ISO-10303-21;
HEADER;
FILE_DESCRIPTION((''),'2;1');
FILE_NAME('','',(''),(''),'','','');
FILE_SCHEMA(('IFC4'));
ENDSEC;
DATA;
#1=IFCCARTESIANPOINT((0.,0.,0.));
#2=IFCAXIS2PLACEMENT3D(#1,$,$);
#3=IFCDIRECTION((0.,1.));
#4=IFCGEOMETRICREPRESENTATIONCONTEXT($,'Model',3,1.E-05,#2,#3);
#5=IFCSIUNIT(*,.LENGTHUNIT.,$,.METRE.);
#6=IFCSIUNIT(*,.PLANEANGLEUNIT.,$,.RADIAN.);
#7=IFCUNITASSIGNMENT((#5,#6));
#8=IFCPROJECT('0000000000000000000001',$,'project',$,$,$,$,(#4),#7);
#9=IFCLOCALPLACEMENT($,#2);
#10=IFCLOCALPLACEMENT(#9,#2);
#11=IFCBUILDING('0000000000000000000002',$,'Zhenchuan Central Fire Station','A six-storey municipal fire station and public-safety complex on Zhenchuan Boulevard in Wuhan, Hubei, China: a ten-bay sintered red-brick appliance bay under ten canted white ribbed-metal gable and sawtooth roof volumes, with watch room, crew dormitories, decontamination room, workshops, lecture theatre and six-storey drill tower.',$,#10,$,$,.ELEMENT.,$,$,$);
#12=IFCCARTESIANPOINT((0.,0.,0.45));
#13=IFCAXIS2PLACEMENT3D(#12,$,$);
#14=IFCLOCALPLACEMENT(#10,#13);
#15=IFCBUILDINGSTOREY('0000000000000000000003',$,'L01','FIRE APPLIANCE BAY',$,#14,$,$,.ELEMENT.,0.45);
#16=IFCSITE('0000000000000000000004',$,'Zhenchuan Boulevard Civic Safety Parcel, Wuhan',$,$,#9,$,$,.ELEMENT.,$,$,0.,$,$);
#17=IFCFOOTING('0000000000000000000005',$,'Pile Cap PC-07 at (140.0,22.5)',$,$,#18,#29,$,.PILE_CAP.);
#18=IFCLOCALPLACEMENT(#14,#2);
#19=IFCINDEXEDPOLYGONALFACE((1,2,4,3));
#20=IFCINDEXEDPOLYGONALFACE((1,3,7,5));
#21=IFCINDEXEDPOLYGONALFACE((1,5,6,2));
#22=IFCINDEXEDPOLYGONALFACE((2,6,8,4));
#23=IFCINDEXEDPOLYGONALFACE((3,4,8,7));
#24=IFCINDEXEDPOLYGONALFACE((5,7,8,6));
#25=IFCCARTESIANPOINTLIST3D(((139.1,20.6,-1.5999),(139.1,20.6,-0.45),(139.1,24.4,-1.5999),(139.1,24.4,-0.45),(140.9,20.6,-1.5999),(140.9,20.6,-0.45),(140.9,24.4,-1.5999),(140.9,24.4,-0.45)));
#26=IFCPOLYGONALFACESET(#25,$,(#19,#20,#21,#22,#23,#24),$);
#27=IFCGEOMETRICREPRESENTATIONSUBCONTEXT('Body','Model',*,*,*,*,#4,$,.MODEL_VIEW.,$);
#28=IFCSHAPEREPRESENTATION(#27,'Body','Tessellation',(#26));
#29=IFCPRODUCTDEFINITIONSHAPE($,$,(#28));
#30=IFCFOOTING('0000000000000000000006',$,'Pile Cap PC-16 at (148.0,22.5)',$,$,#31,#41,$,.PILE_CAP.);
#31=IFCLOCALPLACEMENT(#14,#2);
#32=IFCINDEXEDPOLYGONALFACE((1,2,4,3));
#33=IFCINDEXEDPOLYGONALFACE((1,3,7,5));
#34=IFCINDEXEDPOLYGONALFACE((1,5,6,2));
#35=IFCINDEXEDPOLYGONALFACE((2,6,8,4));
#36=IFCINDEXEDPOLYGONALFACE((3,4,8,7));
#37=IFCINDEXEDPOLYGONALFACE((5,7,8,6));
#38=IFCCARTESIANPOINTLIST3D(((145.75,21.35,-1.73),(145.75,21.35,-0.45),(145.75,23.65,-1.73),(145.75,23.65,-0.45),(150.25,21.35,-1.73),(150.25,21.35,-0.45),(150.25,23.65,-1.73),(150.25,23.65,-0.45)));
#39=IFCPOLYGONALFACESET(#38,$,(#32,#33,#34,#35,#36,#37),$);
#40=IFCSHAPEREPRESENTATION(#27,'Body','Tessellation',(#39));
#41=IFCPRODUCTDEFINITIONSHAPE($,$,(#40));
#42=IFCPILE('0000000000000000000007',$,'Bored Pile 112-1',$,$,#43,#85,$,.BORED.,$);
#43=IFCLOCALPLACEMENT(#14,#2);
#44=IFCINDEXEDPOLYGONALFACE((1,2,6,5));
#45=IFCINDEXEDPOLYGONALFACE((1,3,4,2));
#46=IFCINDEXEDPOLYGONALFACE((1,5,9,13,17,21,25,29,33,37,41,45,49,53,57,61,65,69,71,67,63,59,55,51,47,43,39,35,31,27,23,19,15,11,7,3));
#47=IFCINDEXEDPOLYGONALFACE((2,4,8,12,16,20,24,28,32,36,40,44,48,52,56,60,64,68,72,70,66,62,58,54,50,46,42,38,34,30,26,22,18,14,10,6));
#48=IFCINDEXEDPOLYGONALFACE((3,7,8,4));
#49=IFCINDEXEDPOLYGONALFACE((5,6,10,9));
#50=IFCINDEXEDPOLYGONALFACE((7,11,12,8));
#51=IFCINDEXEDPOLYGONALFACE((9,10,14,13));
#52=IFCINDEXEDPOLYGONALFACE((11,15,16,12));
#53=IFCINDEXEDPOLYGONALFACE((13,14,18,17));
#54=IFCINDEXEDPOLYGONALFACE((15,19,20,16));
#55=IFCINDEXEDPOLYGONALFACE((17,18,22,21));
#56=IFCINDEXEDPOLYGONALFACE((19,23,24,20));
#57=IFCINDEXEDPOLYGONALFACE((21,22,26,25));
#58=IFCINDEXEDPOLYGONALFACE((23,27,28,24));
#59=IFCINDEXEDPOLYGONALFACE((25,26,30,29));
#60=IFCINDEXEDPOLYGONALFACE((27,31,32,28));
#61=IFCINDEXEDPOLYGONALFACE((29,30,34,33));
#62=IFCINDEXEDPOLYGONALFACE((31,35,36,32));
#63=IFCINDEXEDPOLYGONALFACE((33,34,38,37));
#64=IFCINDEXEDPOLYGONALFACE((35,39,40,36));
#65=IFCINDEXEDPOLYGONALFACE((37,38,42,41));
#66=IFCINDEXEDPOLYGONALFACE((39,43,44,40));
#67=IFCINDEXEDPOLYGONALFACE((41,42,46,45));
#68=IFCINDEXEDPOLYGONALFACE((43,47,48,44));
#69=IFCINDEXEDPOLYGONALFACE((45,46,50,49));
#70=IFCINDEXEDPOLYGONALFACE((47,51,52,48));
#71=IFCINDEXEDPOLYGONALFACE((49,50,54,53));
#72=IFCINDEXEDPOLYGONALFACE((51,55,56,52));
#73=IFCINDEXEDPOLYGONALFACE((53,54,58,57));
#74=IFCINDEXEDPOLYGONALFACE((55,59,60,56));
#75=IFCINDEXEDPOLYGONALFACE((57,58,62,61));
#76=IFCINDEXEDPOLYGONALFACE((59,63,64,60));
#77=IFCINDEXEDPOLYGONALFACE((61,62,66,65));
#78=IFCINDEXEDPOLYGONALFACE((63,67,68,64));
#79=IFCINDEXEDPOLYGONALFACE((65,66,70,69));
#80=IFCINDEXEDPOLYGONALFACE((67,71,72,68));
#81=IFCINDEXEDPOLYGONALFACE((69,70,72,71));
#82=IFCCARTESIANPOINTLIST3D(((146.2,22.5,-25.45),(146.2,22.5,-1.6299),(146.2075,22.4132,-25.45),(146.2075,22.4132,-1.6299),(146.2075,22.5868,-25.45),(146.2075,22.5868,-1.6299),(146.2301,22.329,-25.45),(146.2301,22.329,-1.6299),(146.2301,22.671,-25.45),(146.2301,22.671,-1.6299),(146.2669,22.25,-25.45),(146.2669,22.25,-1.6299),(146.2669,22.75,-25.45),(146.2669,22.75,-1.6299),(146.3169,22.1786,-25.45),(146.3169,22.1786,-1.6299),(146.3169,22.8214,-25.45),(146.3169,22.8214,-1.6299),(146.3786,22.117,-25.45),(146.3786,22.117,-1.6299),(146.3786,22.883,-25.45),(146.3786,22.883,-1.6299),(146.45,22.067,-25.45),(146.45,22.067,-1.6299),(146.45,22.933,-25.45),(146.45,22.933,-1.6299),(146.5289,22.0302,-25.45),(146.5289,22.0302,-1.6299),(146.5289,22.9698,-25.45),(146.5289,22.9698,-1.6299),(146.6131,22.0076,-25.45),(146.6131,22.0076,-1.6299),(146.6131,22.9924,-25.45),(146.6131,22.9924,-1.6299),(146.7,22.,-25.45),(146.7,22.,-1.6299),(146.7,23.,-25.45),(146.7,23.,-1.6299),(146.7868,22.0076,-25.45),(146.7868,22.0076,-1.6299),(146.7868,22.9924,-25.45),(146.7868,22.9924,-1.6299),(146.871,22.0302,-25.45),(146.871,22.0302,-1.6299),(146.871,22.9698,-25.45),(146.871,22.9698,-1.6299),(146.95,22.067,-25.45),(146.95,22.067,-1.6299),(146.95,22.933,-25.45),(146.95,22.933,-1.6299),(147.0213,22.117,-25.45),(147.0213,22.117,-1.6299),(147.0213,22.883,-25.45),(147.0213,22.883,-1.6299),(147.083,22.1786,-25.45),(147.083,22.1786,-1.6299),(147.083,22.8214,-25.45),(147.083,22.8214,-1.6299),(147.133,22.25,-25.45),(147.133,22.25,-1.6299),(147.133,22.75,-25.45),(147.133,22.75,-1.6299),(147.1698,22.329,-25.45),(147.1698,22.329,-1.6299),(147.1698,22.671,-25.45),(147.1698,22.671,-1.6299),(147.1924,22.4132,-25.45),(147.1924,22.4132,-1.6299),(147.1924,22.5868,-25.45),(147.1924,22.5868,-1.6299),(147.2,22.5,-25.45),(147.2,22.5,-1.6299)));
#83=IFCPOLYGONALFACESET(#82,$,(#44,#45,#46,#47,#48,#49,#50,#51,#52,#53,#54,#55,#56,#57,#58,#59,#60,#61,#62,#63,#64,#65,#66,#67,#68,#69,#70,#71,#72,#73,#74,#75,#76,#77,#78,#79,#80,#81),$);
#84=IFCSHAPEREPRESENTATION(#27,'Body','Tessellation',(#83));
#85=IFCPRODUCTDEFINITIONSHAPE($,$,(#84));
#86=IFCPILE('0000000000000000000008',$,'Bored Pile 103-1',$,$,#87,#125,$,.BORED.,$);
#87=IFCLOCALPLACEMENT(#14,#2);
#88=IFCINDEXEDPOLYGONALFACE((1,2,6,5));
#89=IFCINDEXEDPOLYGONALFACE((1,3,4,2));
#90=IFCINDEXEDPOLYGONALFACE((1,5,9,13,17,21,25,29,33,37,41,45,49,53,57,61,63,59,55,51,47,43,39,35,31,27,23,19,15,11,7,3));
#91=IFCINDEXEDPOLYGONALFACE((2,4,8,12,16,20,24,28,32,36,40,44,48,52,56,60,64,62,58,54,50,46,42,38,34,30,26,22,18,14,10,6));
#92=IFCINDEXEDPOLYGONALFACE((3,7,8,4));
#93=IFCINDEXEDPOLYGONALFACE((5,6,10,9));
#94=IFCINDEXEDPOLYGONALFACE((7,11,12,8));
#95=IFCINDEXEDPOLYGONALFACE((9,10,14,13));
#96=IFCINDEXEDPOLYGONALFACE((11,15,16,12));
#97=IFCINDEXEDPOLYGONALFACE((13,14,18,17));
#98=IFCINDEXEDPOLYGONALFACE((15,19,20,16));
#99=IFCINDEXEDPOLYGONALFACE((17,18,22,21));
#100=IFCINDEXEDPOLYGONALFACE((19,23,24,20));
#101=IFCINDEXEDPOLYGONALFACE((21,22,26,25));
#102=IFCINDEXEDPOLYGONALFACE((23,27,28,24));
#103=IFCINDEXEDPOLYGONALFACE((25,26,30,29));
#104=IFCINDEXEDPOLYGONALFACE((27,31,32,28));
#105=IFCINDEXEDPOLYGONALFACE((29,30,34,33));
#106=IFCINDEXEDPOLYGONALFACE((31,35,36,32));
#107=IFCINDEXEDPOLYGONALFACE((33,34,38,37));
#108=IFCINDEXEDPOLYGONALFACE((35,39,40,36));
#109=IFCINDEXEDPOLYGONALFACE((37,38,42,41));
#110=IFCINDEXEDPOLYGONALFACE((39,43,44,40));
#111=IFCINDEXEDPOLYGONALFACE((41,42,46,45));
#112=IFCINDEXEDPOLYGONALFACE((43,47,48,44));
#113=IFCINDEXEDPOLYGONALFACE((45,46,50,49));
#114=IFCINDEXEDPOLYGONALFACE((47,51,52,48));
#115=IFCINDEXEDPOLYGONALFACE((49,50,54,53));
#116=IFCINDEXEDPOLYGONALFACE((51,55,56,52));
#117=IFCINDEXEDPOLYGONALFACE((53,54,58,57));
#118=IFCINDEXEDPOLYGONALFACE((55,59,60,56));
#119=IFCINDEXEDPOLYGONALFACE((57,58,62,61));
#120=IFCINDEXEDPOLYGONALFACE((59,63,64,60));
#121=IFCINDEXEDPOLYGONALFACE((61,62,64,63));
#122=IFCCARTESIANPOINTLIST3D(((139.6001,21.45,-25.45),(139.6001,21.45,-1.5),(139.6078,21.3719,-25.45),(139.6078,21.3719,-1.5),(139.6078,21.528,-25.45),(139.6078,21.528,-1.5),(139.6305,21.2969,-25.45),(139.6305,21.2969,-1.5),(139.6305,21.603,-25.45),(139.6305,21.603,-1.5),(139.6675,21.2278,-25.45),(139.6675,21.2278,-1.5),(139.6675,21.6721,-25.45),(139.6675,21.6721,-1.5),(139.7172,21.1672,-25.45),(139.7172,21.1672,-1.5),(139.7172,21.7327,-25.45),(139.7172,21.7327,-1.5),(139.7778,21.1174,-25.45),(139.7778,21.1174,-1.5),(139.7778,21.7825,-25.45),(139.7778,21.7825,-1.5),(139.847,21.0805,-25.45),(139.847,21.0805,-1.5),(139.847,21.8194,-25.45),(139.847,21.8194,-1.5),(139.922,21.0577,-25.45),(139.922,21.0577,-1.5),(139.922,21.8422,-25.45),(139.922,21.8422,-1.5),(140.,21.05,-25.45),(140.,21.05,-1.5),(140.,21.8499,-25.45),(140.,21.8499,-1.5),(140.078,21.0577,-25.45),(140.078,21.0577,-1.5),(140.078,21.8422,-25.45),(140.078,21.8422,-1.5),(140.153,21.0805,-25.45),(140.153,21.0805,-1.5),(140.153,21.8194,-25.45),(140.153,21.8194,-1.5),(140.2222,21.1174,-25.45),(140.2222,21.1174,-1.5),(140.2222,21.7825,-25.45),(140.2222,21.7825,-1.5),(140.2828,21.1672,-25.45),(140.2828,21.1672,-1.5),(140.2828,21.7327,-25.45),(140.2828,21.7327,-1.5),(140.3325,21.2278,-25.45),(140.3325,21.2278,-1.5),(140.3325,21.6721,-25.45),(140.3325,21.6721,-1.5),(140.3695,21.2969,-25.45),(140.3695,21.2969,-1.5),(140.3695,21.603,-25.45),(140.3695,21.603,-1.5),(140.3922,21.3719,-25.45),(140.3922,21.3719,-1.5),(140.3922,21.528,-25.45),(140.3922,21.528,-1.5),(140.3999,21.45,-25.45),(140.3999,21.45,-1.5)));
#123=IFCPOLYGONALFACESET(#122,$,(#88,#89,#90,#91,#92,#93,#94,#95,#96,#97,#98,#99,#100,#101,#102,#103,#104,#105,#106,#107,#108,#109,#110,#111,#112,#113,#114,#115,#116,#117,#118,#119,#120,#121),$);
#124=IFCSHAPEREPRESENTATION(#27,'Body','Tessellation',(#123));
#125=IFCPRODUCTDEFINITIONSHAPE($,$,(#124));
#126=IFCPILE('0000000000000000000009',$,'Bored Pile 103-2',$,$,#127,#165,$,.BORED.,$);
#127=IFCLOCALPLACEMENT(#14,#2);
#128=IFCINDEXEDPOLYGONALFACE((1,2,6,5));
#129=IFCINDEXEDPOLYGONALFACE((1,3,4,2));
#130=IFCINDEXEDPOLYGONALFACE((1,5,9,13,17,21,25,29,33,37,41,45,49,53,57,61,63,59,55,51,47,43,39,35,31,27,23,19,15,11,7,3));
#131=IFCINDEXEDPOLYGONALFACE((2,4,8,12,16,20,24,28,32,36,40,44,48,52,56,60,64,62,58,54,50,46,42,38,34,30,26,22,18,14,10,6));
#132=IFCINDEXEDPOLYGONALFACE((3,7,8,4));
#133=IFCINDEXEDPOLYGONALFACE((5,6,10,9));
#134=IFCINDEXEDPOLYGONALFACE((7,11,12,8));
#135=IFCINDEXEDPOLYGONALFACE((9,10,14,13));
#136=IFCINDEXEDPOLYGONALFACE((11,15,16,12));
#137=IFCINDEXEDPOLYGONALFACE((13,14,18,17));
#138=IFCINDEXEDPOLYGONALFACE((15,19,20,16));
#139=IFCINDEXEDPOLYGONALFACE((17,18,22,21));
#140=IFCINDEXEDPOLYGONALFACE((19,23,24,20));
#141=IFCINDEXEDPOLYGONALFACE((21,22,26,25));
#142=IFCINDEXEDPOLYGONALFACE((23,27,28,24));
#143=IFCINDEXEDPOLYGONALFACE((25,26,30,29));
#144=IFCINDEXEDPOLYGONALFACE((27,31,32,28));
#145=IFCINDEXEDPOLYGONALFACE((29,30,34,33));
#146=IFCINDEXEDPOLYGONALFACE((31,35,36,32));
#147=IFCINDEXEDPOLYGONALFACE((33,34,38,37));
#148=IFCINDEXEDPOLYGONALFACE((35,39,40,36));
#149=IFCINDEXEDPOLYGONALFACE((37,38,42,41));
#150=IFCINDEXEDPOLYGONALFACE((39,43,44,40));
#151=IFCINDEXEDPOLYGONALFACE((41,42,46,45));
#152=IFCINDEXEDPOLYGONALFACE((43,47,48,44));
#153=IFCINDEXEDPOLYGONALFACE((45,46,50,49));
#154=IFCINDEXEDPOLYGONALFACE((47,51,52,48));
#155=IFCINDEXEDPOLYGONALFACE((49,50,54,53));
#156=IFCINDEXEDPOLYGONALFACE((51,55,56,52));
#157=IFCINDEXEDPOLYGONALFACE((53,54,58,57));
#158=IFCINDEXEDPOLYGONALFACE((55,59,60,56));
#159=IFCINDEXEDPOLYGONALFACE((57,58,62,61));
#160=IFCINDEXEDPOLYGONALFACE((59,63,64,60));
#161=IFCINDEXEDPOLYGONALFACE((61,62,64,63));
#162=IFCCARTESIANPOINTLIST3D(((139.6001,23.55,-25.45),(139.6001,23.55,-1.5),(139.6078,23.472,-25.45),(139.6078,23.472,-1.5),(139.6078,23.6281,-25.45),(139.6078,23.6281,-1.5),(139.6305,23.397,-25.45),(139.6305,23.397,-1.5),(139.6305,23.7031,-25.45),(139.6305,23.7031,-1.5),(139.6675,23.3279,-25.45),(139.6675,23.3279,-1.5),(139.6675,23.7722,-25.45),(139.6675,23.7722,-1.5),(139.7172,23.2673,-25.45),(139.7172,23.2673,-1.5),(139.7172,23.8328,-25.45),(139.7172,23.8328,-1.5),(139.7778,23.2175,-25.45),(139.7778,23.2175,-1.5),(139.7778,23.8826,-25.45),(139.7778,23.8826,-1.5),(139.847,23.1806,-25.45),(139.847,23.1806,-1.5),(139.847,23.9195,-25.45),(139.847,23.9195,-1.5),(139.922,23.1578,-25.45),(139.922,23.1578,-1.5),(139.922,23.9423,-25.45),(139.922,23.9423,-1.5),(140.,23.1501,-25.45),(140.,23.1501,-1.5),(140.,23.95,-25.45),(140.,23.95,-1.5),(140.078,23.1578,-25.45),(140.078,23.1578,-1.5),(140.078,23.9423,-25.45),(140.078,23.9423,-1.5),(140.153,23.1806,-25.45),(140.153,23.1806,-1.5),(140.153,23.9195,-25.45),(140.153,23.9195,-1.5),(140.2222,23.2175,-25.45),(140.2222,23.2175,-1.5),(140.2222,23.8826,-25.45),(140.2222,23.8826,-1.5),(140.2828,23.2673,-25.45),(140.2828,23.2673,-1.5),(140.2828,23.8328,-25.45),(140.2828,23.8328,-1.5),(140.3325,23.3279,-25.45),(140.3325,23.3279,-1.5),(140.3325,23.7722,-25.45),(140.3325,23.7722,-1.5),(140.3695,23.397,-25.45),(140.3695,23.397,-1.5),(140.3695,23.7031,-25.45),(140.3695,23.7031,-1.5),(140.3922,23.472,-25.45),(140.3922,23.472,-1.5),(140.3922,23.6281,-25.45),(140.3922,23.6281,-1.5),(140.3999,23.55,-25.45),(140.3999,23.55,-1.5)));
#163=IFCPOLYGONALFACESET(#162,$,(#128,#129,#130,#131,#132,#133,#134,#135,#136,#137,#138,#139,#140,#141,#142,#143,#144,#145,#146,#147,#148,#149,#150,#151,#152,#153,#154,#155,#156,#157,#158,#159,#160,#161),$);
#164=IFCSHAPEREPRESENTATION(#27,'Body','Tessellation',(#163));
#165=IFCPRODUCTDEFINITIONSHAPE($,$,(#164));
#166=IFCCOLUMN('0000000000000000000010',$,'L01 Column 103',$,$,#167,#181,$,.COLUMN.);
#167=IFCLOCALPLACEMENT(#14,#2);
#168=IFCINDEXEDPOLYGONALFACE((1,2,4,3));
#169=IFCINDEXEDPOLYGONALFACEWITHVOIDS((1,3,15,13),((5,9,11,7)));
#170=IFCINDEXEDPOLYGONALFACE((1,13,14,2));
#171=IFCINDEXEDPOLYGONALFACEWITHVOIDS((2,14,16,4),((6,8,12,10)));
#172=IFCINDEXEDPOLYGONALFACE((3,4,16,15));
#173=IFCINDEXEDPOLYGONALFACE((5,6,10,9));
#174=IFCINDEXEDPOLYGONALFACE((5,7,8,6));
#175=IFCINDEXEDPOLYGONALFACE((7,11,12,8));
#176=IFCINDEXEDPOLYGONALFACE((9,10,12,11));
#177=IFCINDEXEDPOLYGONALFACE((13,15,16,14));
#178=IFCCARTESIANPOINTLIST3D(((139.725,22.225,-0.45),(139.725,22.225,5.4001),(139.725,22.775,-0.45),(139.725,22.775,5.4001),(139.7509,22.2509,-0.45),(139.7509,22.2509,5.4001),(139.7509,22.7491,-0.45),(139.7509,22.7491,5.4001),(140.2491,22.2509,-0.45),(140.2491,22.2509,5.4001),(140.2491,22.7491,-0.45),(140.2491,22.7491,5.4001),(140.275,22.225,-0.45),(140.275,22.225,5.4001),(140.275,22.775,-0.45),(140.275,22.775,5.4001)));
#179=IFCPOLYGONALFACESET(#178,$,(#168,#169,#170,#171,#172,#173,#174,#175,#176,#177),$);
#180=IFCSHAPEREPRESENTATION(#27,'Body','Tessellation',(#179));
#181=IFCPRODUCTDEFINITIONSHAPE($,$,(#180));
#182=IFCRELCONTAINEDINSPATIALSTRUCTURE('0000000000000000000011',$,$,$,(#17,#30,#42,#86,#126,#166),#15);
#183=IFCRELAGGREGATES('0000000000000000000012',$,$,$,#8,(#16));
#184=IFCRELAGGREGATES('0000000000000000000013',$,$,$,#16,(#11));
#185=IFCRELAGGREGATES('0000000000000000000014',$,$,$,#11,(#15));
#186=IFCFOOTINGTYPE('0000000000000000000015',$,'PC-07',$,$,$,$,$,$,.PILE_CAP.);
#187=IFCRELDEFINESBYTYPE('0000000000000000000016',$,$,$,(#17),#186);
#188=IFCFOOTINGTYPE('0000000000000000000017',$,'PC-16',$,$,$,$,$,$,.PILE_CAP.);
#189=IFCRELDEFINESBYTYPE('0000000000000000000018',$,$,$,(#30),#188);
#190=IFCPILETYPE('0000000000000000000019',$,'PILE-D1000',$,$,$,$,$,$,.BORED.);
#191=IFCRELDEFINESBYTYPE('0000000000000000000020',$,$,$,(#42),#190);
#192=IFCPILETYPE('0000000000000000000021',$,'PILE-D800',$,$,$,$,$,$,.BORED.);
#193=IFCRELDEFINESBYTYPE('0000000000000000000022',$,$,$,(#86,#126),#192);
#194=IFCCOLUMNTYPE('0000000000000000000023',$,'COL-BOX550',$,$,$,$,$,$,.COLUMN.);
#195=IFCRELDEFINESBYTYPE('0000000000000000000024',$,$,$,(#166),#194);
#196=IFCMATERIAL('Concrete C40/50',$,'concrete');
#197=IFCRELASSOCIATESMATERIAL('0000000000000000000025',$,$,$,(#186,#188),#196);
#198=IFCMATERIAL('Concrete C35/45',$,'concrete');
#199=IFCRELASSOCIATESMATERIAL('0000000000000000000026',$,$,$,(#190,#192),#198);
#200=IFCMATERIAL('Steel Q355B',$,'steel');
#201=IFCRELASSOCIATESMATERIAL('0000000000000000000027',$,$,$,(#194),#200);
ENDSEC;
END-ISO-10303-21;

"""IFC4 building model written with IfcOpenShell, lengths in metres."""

from ifc_helpers import new_model, si_unit, direction, frame, origin, origin_2d, place, context, subcontext, project, spatial, rectangle, hollow_rectangle, circle, extrude, material, material_profile, profile_set, type_object, element, save


model = new_model("IFC4")

# Units and contexts
model_context = context("Model", 3, precision=1e-05, world=origin(), true_north=direction((0.0, 1.0)))
body_context = subcontext(model_context, "Body", "Model", "MODEL_VIEW")
ifc_project = project(units=[si_unit("LENGTHUNIT", "METRE"), si_unit("PLANEANGLEUNIT", "RADIAN")], contexts=[model_context])

# Site, building, storey
site_placement = place(None, origin())
site = spatial("IfcSite", under=ifc_project, at=site_placement, Name="Zhenchuan Boulevard Civic Safety Parcel, Wuhan", CompositionType="ELEMENT", RefElevation=0.0)
building_placement = place(site_placement, origin())
building = spatial("IfcBuilding", under=site, at=building_placement, Name="Zhenchuan Central Fire Station", Description="A six-storey municipal fire station and public-safety complex on Zhenchuan Boulevard in Wuhan, Hubei, China: a ten-bay sintered red-brick appliance bay under ten canted white ribbed-metal gable and sawtooth roof volumes, with watch room, crew dormitories, decontamination room, workshops, lecture theatre and six-storey drill tower.", CompositionType="ELEMENT")
storey_placement = place(building_placement, frame((0.0, 0.0, 0.45)))
storey = spatial("IfcBuildingStorey", under=building, at=storey_placement, Name="L01", Description="FIRE APPLIANCE BAY", CompositionType="ELEMENT", Elevation=0.45)

# Footings
ifc_material_1 = material(Name="Concrete C40/50", Category="concrete")
footing_type_1 = type_object("IfcFootingType", Name="PC-07", PredefinedType="PILE_CAP", material=ifc_material_1)
footing_1_placement = place(storey_placement, frame((140.0, 22.5, -1.5999), z_axis=(0.0, 0.0, 1.0), x_axis=(1.0, 0.0, 0.0)))
element("IfcFooting", 1, at=footing_1_placement, inside=storey, type_object=footing_type_1, Name="Pile Cap PC-07 at (140.0,22.5)", PredefinedType="PILE_CAP", context=body_context, shape_type="SweptSolid", body=[
    extrude(rectangle(XDim=1.8, YDim=3.8, at=origin_2d()), origin(), (0.0, 0.0, 1.0), 1.1499),
])
footing_type_2 = type_object("IfcFootingType", Name="PC-16", PredefinedType="PILE_CAP", material=ifc_material_1)
footing_2_placement = place(storey_placement, frame((148.0, 22.5, -1.73), z_axis=(0.0, 0.0, 1.0), x_axis=(1.0, 0.0, 0.0)))
element("IfcFooting", 2, at=footing_2_placement, inside=storey, type_object=footing_type_2, Name="Pile Cap PC-16 at (148.0,22.5)", PredefinedType="PILE_CAP", context=body_context, shape_type="SweptSolid", body=[
    extrude(rectangle(XDim=4.5, YDim=2.3, at=origin_2d()), origin(), (0.0, 0.0, 1.0), 1.28),
])

# Piles
ifc_material_2 = material(Name="Concrete C35/45", Category="concrete")
ifc_material_profile_1 = material_profile(ifc_material_2, circle(Radius=0.5, at=origin_2d()), Name="PILE D1000")
ifc_profile_set_1 = profile_set([ifc_material_profile_1], Name="Concrete C35/45")
pile_type_1 = type_object("IfcPileType", Name="PILE-D1000", PredefinedType="BORED", material=ifc_profile_set_1)
pile_placement = place(storey_placement, frame((146.7, 22.5, -1.6299), z_axis=(0.0, 0.0, -1.0), x_axis=(1.0, 0.0, 0.0)))
element("IfcPile", 3, at=pile_placement, inside=storey, type_object=pile_type_1, Name="Bored Pile 112-1", PredefinedType="BORED", context=body_context, shape_type="SweptSolid", body=[
    extrude(circle(Radius=0.5, at=origin_2d()), origin(), (0.0, 0.0, 1.0), 23.8201),
])
ifc_material_profile_2 = material_profile(ifc_material_2, circle(Radius=0.3999, at=origin_2d()), Name="PILE D800")
ifc_profile_set_2 = profile_set([ifc_material_profile_2], Name="Concrete C35/45")
pile_type_2 = type_object("IfcPileType", Name="PILE-D800", PredefinedType="BORED", material=ifc_profile_set_2)
for number, where, z_axis, x_axis, name in (
    (4, (140.0, 21.45, -1.5), (0.0, 0.0, -1.0), (1.0, 0.0, 0.0), "Bored Pile 103-1"),
    (5, (140.0, 23.55, -1.5), (0.0, 0.0, -1.0), (1.0, 0.0, 0.0), "Bored Pile 103-2"),
):
    element("IfcPile", number, at=place(storey_placement, frame(where, z_axis=z_axis, x_axis=x_axis)), inside=storey, type_object=pile_type_2, Name=name, PredefinedType="BORED", context=body_context, shape_type="SweptSolid", body=[
        extrude(circle(Radius=0.3999, at=origin_2d()), origin(), (0.0, 0.0, 1.0), 23.95),
    ])

# Column
ifc_material_3 = material(Name="Steel Q355B", Category="steel")
ifc_material_profile_3 = material_profile(ifc_material_3, hollow_rectangle(XDim=0.55, YDim=0.55, WallThickness=0.0259, at=origin_2d()), Name="BOX 550x550x26")
ifc_profile_set_3 = profile_set([ifc_material_profile_3], Name="Steel Q355B")
column_type_1 = type_object("IfcColumnType", Name="COL-BOX550", PredefinedType="COLUMN", material=ifc_profile_set_3)
column_1_placement = place(storey_placement, frame((140.0, 22.5, -0.45), z_axis=(0.0, 0.0, 1.0), x_axis=(1.0, 0.0, 0.0)))
element("IfcColumn", 6, at=column_1_placement, inside=storey, type_object=column_type_1, Name="L01 Column 103", PredefinedType="COLUMN", context=body_context, shape_type="SweptSolid", body=[
    extrude(hollow_rectangle(XDim=0.55, YDim=0.55, WallThickness=0.0259, at=origin_2d()), origin(), (0.0, 0.0, 1.0), 5.8501),
])

save(model, "model.ifc")
